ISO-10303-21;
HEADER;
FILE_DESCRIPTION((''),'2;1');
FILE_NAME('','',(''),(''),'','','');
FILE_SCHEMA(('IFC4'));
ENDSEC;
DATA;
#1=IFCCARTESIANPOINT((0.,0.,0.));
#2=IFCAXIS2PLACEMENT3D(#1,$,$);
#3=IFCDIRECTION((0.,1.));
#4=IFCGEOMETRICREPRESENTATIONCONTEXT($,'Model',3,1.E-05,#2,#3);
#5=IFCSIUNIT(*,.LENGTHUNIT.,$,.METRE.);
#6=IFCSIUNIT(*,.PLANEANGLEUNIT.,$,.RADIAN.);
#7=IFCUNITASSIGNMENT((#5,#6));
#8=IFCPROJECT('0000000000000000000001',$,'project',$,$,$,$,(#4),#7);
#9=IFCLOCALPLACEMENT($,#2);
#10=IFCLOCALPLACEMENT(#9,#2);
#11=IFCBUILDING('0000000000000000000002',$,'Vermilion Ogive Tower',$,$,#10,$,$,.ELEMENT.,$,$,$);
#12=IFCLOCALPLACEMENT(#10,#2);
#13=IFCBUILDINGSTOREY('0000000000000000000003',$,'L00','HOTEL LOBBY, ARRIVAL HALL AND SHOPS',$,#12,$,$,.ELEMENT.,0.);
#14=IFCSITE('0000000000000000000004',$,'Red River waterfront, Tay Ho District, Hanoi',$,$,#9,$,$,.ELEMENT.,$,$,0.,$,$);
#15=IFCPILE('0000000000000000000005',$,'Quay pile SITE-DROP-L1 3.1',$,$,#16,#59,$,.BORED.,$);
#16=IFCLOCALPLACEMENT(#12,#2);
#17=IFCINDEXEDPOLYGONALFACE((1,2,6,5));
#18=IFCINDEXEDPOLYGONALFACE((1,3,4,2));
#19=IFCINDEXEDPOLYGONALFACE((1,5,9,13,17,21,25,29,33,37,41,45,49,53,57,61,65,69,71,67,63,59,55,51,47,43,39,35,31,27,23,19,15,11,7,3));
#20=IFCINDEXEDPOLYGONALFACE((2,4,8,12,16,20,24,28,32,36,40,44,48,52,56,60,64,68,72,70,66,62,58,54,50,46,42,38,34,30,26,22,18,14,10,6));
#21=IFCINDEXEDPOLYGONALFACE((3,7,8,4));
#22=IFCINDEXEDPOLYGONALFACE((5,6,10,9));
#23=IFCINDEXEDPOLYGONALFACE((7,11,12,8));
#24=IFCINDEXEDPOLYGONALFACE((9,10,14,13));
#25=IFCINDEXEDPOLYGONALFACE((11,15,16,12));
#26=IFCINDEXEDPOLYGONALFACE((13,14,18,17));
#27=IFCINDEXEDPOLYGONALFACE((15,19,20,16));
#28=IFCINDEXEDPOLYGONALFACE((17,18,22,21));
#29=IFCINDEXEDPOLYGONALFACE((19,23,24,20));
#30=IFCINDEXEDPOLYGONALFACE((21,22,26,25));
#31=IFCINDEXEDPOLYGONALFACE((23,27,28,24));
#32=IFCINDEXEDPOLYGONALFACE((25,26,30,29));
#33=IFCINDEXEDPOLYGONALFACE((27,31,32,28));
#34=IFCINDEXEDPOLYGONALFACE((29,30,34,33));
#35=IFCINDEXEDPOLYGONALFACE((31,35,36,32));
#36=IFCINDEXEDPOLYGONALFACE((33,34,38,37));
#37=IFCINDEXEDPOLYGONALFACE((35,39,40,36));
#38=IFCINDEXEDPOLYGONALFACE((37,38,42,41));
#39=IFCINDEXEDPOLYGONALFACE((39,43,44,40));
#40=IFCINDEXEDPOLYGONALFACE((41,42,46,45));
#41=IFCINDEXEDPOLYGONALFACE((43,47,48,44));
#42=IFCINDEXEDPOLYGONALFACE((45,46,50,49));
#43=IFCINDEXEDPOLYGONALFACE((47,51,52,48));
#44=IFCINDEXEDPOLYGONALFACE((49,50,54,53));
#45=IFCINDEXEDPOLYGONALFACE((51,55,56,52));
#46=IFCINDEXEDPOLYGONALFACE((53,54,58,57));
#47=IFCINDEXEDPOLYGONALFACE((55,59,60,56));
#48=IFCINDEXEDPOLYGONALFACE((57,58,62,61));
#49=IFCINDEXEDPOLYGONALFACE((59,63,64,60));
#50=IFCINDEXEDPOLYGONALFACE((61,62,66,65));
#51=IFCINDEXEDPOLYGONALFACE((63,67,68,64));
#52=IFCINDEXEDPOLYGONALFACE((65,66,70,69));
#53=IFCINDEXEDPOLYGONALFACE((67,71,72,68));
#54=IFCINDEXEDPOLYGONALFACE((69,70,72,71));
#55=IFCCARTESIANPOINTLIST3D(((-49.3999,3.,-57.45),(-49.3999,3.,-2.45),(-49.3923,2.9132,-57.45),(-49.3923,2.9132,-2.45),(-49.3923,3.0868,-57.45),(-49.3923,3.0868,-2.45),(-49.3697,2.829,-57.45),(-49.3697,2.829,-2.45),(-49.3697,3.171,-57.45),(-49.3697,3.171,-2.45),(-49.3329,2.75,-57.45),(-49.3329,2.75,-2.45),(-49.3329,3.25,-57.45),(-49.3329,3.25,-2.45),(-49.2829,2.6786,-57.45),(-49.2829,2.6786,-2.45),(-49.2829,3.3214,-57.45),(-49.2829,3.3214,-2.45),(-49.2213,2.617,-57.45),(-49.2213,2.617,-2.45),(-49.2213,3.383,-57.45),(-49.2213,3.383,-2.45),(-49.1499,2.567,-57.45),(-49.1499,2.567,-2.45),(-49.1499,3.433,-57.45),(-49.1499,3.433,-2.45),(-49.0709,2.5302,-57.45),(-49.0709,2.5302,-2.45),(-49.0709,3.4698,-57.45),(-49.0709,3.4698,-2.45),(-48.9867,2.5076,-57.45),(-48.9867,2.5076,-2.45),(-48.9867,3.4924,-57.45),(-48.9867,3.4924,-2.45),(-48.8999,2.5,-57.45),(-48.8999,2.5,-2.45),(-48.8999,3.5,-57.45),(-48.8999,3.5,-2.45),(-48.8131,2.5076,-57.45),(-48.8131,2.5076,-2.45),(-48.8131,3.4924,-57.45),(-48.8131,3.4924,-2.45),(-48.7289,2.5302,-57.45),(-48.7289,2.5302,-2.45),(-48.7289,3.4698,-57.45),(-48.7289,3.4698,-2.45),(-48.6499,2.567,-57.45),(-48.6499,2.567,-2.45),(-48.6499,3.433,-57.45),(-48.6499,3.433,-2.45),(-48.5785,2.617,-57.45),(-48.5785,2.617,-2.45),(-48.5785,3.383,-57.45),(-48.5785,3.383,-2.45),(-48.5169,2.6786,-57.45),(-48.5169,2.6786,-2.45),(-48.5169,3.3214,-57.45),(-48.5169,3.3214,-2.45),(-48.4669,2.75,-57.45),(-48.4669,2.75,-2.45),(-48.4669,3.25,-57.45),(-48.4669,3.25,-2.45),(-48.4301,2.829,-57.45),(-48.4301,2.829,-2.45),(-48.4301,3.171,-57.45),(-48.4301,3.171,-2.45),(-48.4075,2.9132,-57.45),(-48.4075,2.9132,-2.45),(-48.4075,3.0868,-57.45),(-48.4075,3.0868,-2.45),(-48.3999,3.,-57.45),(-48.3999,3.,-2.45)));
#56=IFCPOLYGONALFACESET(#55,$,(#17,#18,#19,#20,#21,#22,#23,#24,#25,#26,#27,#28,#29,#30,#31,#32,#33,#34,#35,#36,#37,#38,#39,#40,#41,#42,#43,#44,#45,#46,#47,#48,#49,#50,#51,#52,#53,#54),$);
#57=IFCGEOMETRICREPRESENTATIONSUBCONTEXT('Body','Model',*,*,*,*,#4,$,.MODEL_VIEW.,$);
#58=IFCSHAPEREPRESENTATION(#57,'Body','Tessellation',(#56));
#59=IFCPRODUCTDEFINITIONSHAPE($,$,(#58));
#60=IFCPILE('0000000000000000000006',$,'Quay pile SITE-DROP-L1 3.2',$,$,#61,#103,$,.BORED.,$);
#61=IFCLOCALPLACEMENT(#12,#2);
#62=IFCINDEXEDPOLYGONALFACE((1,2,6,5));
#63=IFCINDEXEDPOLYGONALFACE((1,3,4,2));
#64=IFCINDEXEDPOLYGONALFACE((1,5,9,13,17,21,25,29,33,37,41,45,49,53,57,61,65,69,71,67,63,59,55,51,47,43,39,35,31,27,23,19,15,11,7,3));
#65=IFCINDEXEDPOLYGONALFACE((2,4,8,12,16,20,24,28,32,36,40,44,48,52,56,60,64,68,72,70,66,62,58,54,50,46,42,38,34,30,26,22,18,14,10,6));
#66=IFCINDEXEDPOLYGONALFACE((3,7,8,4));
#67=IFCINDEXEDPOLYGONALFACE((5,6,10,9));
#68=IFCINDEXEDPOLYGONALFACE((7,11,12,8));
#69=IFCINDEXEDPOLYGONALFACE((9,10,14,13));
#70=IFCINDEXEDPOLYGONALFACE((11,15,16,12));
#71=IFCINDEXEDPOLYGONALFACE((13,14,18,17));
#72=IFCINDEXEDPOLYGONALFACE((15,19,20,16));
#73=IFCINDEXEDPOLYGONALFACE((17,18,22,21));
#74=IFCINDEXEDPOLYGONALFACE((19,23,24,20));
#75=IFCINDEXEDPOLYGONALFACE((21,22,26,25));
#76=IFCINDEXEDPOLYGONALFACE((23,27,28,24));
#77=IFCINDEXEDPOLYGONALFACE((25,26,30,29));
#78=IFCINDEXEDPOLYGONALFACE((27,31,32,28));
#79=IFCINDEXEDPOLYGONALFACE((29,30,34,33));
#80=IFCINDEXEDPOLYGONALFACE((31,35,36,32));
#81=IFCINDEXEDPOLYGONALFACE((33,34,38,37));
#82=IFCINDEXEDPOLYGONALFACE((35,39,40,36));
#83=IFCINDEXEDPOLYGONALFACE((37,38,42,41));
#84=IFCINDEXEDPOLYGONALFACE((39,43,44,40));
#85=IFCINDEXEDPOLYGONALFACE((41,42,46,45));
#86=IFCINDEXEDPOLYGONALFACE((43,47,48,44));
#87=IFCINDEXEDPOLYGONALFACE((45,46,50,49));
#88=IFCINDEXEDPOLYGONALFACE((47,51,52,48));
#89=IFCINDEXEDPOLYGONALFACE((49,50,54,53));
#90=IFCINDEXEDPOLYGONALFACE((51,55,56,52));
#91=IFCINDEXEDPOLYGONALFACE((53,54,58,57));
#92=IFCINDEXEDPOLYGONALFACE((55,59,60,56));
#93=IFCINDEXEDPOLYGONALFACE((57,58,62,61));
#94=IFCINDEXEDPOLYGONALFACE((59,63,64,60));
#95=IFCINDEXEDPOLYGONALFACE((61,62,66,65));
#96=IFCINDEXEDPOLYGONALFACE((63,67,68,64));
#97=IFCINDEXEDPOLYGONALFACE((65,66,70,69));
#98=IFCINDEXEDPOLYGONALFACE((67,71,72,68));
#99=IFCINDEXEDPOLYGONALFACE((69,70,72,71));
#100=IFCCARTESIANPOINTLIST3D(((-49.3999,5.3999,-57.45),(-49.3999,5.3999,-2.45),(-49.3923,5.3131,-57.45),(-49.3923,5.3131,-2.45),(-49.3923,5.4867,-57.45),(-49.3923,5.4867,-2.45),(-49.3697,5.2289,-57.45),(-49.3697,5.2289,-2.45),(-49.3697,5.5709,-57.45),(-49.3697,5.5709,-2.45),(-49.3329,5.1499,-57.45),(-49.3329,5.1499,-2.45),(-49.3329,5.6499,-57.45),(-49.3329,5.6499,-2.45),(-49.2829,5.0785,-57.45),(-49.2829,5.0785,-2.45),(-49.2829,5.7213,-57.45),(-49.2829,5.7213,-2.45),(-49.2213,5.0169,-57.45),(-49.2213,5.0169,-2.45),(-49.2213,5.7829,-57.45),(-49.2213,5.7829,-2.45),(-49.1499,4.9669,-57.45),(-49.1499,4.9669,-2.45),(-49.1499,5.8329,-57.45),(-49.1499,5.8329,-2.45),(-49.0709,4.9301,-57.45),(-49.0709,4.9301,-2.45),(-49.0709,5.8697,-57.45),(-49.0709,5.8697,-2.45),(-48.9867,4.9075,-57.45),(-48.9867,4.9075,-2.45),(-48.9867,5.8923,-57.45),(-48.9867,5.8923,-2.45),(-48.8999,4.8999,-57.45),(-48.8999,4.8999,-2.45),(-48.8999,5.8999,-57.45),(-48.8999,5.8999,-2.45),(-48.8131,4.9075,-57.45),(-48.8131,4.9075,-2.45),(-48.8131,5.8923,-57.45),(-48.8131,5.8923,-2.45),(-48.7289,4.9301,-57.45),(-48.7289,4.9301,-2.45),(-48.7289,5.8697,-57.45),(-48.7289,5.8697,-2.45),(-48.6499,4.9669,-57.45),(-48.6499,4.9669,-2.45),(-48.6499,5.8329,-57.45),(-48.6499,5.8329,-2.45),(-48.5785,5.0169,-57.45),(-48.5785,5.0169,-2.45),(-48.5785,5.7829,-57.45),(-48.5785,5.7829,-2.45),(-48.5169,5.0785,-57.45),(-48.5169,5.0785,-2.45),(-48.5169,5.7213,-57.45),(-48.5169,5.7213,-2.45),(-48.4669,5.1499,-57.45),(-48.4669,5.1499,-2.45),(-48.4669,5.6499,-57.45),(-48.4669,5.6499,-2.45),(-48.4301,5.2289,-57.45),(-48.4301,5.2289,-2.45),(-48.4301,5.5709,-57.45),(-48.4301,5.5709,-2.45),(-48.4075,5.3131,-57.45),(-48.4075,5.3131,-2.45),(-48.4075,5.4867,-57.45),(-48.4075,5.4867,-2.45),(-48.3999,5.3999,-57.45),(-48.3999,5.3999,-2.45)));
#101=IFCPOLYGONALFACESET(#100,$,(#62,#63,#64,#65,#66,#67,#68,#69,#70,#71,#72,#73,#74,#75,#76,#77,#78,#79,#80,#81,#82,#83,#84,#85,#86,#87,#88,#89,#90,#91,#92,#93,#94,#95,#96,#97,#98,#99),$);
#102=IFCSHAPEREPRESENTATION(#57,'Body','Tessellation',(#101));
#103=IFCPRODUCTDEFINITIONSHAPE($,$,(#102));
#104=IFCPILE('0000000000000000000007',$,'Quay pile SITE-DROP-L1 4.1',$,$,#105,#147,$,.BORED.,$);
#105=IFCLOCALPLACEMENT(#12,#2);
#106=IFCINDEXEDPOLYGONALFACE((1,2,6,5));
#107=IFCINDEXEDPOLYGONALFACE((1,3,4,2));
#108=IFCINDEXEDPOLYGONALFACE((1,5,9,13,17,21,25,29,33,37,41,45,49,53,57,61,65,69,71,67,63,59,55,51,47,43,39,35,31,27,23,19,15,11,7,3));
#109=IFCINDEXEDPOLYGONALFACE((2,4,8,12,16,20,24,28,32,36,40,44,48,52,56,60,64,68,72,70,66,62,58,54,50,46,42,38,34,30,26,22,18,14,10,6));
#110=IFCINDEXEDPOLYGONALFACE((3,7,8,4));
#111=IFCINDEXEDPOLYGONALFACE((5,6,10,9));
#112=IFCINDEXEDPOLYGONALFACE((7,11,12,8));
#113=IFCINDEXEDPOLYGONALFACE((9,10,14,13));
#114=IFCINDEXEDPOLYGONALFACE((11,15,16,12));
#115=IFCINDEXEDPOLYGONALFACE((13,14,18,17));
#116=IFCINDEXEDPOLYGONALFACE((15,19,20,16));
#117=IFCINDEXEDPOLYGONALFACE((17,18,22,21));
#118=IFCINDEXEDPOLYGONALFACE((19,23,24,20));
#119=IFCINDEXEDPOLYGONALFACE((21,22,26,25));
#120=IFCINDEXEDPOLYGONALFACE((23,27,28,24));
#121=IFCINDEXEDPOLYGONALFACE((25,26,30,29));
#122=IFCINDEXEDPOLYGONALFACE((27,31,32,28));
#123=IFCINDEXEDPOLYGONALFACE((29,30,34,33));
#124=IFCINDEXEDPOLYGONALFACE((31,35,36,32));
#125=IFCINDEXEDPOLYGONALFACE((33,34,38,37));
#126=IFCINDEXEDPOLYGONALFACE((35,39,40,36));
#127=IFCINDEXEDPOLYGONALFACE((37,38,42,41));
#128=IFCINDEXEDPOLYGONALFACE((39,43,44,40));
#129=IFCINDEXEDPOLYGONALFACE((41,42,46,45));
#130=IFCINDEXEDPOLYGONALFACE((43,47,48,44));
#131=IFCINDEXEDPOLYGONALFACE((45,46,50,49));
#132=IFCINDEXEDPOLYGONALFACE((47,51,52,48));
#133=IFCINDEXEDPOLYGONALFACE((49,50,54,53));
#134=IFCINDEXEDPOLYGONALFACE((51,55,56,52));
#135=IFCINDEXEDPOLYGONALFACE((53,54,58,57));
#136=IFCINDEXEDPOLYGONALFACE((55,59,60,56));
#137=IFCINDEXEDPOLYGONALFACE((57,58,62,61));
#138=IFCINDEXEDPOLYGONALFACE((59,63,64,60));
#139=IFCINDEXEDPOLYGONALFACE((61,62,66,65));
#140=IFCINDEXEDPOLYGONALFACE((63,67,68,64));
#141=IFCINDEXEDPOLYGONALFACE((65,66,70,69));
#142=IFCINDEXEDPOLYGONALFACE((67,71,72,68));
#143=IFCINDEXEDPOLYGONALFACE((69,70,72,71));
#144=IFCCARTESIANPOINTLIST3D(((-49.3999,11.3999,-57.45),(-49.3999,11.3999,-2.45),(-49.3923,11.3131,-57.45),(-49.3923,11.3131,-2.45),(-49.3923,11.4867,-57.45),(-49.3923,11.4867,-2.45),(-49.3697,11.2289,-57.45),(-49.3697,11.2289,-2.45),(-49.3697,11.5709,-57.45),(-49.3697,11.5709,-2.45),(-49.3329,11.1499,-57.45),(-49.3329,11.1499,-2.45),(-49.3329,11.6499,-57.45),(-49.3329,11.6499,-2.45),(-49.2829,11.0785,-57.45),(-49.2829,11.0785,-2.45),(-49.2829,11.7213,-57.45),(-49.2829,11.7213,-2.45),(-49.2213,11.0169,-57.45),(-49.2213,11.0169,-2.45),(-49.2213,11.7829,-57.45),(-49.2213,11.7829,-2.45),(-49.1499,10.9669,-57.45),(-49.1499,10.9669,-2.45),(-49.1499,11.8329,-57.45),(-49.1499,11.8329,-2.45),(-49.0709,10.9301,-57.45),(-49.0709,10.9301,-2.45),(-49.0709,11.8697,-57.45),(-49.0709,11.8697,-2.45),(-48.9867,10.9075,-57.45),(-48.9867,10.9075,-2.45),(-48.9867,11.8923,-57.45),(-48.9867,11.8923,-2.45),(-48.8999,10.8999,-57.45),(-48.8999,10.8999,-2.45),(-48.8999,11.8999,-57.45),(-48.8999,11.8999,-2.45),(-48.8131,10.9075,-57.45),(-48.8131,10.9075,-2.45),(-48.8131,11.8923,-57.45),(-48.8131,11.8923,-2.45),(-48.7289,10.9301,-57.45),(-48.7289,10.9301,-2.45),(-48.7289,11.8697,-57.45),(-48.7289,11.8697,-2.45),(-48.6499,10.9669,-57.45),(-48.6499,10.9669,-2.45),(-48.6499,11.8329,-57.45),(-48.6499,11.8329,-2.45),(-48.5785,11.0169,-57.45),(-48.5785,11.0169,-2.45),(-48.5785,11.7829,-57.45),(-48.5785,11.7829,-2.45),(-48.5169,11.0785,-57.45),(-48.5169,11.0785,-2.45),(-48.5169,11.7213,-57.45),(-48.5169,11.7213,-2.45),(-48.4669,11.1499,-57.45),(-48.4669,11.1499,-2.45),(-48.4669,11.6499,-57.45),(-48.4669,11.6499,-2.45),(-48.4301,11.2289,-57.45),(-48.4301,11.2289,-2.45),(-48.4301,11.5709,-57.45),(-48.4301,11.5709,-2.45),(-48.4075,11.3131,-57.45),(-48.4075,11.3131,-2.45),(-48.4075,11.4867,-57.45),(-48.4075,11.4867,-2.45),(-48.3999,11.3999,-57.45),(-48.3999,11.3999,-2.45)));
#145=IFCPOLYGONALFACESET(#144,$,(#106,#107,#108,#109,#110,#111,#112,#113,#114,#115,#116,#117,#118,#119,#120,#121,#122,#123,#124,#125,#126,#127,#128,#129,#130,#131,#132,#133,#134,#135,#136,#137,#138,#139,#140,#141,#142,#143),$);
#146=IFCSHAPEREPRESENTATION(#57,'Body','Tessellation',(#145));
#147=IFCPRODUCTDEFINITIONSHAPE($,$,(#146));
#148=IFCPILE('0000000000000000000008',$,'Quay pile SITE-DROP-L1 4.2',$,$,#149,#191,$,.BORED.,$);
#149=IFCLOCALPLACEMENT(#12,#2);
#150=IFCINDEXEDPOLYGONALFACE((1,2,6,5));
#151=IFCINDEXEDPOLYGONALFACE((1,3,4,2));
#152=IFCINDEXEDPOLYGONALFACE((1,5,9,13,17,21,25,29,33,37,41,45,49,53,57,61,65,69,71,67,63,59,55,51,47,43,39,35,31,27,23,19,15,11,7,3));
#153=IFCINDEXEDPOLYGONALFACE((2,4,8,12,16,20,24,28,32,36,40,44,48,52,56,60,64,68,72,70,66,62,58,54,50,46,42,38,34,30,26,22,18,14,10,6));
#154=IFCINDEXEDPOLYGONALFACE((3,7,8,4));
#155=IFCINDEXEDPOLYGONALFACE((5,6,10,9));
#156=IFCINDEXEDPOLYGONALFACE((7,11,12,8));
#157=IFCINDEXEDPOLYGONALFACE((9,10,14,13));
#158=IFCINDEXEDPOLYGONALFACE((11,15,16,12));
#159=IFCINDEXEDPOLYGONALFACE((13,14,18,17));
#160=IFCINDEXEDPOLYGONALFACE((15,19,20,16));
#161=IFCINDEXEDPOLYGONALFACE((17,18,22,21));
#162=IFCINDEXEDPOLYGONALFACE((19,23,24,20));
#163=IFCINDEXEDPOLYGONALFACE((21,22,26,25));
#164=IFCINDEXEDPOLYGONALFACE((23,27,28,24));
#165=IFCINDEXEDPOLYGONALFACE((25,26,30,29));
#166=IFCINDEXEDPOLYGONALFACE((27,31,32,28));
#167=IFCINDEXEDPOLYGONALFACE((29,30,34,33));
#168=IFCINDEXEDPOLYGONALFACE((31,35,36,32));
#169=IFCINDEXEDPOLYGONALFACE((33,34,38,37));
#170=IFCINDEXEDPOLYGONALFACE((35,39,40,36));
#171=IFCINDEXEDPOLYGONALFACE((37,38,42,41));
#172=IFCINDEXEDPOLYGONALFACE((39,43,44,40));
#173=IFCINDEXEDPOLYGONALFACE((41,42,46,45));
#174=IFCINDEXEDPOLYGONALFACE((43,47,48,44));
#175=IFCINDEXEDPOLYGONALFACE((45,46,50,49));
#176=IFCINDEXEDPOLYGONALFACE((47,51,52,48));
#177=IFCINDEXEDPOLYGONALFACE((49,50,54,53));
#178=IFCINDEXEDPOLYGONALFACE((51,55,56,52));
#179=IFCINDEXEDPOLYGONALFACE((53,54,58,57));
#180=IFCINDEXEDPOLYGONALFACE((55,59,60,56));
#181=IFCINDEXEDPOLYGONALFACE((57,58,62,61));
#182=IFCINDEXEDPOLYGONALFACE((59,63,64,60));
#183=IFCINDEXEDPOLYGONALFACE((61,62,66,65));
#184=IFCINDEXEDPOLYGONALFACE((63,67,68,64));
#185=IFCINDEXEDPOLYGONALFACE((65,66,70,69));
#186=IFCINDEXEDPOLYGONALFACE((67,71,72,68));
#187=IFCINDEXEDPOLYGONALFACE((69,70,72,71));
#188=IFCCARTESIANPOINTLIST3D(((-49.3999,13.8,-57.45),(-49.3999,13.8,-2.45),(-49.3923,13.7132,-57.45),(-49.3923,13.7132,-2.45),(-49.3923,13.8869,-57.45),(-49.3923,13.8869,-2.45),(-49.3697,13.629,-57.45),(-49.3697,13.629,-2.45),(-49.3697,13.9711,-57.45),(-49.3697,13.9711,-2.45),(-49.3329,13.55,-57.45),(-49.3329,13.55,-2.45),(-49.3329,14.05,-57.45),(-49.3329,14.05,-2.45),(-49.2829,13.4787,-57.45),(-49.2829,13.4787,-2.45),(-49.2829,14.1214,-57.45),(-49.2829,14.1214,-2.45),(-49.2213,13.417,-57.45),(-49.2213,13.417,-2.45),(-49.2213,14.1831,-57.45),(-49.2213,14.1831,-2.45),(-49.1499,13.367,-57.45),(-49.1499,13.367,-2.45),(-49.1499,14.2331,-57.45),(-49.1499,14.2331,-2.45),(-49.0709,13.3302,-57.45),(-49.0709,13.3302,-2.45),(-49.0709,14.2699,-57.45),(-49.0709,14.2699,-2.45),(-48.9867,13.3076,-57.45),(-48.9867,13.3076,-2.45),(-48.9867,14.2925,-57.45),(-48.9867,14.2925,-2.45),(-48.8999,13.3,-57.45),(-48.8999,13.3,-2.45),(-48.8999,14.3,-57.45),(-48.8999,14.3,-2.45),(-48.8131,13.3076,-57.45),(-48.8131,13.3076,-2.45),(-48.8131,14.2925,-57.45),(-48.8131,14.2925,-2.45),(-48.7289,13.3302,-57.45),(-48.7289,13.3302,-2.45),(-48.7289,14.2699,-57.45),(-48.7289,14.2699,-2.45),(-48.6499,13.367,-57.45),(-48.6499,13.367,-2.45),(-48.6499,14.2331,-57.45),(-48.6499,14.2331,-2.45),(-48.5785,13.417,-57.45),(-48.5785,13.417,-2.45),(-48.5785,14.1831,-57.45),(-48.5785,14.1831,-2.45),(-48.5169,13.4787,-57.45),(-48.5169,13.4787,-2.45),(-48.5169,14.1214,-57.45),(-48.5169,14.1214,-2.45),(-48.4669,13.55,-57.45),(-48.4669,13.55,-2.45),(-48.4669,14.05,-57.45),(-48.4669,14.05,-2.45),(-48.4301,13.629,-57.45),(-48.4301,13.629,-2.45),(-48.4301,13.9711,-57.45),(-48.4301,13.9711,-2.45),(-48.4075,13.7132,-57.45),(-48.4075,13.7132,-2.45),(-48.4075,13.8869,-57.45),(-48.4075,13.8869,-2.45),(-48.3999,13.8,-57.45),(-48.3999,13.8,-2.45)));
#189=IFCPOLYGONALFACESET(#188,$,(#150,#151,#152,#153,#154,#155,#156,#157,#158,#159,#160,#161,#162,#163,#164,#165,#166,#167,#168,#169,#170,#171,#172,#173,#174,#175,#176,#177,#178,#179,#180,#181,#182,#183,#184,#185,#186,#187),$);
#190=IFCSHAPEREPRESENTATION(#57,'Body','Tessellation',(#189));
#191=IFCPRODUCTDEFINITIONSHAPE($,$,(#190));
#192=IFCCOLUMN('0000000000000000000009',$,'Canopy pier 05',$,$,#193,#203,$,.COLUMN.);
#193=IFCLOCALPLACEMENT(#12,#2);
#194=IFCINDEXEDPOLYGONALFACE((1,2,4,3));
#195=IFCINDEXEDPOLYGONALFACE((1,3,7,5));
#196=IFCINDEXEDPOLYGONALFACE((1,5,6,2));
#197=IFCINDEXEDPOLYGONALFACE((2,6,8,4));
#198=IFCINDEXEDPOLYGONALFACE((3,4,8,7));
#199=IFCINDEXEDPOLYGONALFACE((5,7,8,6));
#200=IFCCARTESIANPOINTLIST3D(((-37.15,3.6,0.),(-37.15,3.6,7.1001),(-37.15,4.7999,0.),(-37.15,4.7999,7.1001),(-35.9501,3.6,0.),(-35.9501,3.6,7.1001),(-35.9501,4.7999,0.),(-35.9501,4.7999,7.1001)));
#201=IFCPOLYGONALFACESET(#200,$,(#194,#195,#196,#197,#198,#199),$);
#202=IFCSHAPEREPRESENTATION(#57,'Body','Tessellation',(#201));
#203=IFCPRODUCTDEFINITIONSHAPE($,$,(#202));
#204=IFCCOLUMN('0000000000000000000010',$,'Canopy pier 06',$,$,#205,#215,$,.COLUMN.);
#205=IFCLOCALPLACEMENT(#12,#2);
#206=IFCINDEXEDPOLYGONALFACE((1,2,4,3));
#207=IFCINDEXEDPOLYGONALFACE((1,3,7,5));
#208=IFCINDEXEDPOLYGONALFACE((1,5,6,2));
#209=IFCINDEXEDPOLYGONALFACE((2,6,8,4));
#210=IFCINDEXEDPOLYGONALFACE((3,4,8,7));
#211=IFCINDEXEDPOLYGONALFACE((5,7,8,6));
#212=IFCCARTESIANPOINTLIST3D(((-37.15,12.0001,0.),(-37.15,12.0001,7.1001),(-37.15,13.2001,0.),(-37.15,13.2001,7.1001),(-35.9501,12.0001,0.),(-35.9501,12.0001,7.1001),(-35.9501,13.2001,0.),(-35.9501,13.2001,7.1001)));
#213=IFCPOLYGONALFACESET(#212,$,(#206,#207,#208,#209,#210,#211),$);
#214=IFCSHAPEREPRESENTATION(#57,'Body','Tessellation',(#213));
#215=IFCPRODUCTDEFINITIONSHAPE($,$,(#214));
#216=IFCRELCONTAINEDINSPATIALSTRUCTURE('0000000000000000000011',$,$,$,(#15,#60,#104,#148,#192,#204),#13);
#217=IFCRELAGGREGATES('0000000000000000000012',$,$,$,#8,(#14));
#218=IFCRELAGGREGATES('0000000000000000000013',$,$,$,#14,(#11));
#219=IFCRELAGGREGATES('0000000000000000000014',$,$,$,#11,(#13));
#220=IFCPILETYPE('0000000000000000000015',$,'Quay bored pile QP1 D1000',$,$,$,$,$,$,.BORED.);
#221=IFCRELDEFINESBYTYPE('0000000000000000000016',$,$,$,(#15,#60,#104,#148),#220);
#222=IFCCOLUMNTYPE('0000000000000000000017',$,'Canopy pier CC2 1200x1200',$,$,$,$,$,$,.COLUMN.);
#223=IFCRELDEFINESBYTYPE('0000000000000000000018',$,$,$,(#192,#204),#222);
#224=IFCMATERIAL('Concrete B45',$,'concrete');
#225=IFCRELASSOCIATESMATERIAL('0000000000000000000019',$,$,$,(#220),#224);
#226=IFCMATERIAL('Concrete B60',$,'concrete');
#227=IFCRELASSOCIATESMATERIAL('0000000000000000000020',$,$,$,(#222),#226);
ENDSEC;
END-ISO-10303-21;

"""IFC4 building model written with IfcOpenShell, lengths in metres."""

from ifc_helpers import new_model, si_unit, direction, frame, origin, origin_2d, place, context, subcontext, project, spatial, rectangle, circle, extrude, material, material_profile, profile_set, type_object, element, save


model = new_model("IFC4")

# Units and contexts
model_context = context("Model", 3, precision=1e-05, world=origin(), true_north=direction((0.0, 1.0)))
body_context = subcontext(model_context, "Body", "Model", "MODEL_VIEW")
ifc_project = project(units=[si_unit("LENGTHUNIT", "METRE"), si_unit("PLANEANGLEUNIT", "RADIAN")], contexts=[model_context])

# Site, building, storey
site_placement = place(None, origin())
site = spatial("IfcSite", under=ifc_project, at=site_placement, Name="Red River waterfront, Tay Ho District, Hanoi", CompositionType="ELEMENT", RefElevation=0.0)
building_placement = place(site_placement, origin())
building = spatial("IfcBuilding", under=site, at=building_placement, Name="Vermilion Ogive Tower", CompositionType="ELEMENT")
storey_placement = place(building_placement, origin())
storey = spatial("IfcBuildingStorey", under=building, at=storey_placement, Name="L00", Description="HOTEL LOBBY, ARRIVAL HALL AND SHOPS", CompositionType="ELEMENT", Elevation=0.0)

# Piles
ifc_material_1 = material(Name="Concrete B45", Category="concrete")
pile_type = type_object("IfcPileType", Name="Quay bored pile QP1 D1000", PredefinedType="BORED", material=ifc_material_1)
for number, where, z_axis, x_axis, name in (
    (1, (-48.8999, 3.0, -2.45), (0.0, 0.0, -1.0), (1.0, 0.0, 0.0), "Quay pile SITE-DROP-L1 3.1"),
    (2, (-48.8999, 5.3999, -2.45), (0.0, 0.0, -1.0), (1.0, 0.0, 0.0), "Quay pile SITE-DROP-L1 3.2"),
    (3, (-48.8999, 11.3999, -2.45), (0.0, 0.0, -1.0), (1.0, 0.0, 0.0), "Quay pile SITE-DROP-L1 4.1"),
    (4, (-48.8999, 13.8, -2.45), (0.0, 0.0, -1.0), (1.0, 0.0, 0.0), "Quay pile SITE-DROP-L1 4.2"),
):
    element("IfcPile", number, at=place(storey_placement, frame(where, z_axis=z_axis, x_axis=x_axis)), inside=storey, type_object=pile_type, Name=name, PredefinedType="BORED", context=body_context, shape_type="SweptSolid", body=[
        extrude(circle(Radius=0.5, at=origin_2d()), origin(), (0.0, 0.0, 1.0), 55.0),
    ])

# Columns
ifc_material_2 = material(Name="Concrete B60", Category="concrete")
ifc_material_profile_1 = material_profile(ifc_material_2, rectangle(XDim=1.2, YDim=1.2, at=origin_2d()), Name="RC 1200x1200")
ifc_profile_set_1 = profile_set([ifc_material_profile_1], Name="Concrete B60")
column_type = type_object("IfcColumnType", Name="Canopy pier CC2 1200x1200", PredefinedType="COLUMN", material=ifc_profile_set_1)
for number, where, z_axis, x_axis, name in (
    (5, (-36.55, 4.2, 0.0), (0.0, 0.0, 1.0), (1.0, 0.0, 0.0), "Canopy pier 05"),
    (6, (-36.55, 12.6001, 0.0), (0.0, 0.0, 1.0), (1.0, 0.0, 0.0), "Canopy pier 06"),
):
    element("IfcColumn", number, at=place(storey_placement, frame(where, z_axis=z_axis, x_axis=x_axis)), inside=storey, type_object=column_type, Name=name, PredefinedType="COLUMN", context=body_context, shape_type="SweptSolid", body=[
        extrude(rectangle(XDim=1.2, YDim=1.2, at=origin_2d()), origin(), (0.0, 0.0, 1.0), 7.1001),
    ])

save(model, "model.ifc")
